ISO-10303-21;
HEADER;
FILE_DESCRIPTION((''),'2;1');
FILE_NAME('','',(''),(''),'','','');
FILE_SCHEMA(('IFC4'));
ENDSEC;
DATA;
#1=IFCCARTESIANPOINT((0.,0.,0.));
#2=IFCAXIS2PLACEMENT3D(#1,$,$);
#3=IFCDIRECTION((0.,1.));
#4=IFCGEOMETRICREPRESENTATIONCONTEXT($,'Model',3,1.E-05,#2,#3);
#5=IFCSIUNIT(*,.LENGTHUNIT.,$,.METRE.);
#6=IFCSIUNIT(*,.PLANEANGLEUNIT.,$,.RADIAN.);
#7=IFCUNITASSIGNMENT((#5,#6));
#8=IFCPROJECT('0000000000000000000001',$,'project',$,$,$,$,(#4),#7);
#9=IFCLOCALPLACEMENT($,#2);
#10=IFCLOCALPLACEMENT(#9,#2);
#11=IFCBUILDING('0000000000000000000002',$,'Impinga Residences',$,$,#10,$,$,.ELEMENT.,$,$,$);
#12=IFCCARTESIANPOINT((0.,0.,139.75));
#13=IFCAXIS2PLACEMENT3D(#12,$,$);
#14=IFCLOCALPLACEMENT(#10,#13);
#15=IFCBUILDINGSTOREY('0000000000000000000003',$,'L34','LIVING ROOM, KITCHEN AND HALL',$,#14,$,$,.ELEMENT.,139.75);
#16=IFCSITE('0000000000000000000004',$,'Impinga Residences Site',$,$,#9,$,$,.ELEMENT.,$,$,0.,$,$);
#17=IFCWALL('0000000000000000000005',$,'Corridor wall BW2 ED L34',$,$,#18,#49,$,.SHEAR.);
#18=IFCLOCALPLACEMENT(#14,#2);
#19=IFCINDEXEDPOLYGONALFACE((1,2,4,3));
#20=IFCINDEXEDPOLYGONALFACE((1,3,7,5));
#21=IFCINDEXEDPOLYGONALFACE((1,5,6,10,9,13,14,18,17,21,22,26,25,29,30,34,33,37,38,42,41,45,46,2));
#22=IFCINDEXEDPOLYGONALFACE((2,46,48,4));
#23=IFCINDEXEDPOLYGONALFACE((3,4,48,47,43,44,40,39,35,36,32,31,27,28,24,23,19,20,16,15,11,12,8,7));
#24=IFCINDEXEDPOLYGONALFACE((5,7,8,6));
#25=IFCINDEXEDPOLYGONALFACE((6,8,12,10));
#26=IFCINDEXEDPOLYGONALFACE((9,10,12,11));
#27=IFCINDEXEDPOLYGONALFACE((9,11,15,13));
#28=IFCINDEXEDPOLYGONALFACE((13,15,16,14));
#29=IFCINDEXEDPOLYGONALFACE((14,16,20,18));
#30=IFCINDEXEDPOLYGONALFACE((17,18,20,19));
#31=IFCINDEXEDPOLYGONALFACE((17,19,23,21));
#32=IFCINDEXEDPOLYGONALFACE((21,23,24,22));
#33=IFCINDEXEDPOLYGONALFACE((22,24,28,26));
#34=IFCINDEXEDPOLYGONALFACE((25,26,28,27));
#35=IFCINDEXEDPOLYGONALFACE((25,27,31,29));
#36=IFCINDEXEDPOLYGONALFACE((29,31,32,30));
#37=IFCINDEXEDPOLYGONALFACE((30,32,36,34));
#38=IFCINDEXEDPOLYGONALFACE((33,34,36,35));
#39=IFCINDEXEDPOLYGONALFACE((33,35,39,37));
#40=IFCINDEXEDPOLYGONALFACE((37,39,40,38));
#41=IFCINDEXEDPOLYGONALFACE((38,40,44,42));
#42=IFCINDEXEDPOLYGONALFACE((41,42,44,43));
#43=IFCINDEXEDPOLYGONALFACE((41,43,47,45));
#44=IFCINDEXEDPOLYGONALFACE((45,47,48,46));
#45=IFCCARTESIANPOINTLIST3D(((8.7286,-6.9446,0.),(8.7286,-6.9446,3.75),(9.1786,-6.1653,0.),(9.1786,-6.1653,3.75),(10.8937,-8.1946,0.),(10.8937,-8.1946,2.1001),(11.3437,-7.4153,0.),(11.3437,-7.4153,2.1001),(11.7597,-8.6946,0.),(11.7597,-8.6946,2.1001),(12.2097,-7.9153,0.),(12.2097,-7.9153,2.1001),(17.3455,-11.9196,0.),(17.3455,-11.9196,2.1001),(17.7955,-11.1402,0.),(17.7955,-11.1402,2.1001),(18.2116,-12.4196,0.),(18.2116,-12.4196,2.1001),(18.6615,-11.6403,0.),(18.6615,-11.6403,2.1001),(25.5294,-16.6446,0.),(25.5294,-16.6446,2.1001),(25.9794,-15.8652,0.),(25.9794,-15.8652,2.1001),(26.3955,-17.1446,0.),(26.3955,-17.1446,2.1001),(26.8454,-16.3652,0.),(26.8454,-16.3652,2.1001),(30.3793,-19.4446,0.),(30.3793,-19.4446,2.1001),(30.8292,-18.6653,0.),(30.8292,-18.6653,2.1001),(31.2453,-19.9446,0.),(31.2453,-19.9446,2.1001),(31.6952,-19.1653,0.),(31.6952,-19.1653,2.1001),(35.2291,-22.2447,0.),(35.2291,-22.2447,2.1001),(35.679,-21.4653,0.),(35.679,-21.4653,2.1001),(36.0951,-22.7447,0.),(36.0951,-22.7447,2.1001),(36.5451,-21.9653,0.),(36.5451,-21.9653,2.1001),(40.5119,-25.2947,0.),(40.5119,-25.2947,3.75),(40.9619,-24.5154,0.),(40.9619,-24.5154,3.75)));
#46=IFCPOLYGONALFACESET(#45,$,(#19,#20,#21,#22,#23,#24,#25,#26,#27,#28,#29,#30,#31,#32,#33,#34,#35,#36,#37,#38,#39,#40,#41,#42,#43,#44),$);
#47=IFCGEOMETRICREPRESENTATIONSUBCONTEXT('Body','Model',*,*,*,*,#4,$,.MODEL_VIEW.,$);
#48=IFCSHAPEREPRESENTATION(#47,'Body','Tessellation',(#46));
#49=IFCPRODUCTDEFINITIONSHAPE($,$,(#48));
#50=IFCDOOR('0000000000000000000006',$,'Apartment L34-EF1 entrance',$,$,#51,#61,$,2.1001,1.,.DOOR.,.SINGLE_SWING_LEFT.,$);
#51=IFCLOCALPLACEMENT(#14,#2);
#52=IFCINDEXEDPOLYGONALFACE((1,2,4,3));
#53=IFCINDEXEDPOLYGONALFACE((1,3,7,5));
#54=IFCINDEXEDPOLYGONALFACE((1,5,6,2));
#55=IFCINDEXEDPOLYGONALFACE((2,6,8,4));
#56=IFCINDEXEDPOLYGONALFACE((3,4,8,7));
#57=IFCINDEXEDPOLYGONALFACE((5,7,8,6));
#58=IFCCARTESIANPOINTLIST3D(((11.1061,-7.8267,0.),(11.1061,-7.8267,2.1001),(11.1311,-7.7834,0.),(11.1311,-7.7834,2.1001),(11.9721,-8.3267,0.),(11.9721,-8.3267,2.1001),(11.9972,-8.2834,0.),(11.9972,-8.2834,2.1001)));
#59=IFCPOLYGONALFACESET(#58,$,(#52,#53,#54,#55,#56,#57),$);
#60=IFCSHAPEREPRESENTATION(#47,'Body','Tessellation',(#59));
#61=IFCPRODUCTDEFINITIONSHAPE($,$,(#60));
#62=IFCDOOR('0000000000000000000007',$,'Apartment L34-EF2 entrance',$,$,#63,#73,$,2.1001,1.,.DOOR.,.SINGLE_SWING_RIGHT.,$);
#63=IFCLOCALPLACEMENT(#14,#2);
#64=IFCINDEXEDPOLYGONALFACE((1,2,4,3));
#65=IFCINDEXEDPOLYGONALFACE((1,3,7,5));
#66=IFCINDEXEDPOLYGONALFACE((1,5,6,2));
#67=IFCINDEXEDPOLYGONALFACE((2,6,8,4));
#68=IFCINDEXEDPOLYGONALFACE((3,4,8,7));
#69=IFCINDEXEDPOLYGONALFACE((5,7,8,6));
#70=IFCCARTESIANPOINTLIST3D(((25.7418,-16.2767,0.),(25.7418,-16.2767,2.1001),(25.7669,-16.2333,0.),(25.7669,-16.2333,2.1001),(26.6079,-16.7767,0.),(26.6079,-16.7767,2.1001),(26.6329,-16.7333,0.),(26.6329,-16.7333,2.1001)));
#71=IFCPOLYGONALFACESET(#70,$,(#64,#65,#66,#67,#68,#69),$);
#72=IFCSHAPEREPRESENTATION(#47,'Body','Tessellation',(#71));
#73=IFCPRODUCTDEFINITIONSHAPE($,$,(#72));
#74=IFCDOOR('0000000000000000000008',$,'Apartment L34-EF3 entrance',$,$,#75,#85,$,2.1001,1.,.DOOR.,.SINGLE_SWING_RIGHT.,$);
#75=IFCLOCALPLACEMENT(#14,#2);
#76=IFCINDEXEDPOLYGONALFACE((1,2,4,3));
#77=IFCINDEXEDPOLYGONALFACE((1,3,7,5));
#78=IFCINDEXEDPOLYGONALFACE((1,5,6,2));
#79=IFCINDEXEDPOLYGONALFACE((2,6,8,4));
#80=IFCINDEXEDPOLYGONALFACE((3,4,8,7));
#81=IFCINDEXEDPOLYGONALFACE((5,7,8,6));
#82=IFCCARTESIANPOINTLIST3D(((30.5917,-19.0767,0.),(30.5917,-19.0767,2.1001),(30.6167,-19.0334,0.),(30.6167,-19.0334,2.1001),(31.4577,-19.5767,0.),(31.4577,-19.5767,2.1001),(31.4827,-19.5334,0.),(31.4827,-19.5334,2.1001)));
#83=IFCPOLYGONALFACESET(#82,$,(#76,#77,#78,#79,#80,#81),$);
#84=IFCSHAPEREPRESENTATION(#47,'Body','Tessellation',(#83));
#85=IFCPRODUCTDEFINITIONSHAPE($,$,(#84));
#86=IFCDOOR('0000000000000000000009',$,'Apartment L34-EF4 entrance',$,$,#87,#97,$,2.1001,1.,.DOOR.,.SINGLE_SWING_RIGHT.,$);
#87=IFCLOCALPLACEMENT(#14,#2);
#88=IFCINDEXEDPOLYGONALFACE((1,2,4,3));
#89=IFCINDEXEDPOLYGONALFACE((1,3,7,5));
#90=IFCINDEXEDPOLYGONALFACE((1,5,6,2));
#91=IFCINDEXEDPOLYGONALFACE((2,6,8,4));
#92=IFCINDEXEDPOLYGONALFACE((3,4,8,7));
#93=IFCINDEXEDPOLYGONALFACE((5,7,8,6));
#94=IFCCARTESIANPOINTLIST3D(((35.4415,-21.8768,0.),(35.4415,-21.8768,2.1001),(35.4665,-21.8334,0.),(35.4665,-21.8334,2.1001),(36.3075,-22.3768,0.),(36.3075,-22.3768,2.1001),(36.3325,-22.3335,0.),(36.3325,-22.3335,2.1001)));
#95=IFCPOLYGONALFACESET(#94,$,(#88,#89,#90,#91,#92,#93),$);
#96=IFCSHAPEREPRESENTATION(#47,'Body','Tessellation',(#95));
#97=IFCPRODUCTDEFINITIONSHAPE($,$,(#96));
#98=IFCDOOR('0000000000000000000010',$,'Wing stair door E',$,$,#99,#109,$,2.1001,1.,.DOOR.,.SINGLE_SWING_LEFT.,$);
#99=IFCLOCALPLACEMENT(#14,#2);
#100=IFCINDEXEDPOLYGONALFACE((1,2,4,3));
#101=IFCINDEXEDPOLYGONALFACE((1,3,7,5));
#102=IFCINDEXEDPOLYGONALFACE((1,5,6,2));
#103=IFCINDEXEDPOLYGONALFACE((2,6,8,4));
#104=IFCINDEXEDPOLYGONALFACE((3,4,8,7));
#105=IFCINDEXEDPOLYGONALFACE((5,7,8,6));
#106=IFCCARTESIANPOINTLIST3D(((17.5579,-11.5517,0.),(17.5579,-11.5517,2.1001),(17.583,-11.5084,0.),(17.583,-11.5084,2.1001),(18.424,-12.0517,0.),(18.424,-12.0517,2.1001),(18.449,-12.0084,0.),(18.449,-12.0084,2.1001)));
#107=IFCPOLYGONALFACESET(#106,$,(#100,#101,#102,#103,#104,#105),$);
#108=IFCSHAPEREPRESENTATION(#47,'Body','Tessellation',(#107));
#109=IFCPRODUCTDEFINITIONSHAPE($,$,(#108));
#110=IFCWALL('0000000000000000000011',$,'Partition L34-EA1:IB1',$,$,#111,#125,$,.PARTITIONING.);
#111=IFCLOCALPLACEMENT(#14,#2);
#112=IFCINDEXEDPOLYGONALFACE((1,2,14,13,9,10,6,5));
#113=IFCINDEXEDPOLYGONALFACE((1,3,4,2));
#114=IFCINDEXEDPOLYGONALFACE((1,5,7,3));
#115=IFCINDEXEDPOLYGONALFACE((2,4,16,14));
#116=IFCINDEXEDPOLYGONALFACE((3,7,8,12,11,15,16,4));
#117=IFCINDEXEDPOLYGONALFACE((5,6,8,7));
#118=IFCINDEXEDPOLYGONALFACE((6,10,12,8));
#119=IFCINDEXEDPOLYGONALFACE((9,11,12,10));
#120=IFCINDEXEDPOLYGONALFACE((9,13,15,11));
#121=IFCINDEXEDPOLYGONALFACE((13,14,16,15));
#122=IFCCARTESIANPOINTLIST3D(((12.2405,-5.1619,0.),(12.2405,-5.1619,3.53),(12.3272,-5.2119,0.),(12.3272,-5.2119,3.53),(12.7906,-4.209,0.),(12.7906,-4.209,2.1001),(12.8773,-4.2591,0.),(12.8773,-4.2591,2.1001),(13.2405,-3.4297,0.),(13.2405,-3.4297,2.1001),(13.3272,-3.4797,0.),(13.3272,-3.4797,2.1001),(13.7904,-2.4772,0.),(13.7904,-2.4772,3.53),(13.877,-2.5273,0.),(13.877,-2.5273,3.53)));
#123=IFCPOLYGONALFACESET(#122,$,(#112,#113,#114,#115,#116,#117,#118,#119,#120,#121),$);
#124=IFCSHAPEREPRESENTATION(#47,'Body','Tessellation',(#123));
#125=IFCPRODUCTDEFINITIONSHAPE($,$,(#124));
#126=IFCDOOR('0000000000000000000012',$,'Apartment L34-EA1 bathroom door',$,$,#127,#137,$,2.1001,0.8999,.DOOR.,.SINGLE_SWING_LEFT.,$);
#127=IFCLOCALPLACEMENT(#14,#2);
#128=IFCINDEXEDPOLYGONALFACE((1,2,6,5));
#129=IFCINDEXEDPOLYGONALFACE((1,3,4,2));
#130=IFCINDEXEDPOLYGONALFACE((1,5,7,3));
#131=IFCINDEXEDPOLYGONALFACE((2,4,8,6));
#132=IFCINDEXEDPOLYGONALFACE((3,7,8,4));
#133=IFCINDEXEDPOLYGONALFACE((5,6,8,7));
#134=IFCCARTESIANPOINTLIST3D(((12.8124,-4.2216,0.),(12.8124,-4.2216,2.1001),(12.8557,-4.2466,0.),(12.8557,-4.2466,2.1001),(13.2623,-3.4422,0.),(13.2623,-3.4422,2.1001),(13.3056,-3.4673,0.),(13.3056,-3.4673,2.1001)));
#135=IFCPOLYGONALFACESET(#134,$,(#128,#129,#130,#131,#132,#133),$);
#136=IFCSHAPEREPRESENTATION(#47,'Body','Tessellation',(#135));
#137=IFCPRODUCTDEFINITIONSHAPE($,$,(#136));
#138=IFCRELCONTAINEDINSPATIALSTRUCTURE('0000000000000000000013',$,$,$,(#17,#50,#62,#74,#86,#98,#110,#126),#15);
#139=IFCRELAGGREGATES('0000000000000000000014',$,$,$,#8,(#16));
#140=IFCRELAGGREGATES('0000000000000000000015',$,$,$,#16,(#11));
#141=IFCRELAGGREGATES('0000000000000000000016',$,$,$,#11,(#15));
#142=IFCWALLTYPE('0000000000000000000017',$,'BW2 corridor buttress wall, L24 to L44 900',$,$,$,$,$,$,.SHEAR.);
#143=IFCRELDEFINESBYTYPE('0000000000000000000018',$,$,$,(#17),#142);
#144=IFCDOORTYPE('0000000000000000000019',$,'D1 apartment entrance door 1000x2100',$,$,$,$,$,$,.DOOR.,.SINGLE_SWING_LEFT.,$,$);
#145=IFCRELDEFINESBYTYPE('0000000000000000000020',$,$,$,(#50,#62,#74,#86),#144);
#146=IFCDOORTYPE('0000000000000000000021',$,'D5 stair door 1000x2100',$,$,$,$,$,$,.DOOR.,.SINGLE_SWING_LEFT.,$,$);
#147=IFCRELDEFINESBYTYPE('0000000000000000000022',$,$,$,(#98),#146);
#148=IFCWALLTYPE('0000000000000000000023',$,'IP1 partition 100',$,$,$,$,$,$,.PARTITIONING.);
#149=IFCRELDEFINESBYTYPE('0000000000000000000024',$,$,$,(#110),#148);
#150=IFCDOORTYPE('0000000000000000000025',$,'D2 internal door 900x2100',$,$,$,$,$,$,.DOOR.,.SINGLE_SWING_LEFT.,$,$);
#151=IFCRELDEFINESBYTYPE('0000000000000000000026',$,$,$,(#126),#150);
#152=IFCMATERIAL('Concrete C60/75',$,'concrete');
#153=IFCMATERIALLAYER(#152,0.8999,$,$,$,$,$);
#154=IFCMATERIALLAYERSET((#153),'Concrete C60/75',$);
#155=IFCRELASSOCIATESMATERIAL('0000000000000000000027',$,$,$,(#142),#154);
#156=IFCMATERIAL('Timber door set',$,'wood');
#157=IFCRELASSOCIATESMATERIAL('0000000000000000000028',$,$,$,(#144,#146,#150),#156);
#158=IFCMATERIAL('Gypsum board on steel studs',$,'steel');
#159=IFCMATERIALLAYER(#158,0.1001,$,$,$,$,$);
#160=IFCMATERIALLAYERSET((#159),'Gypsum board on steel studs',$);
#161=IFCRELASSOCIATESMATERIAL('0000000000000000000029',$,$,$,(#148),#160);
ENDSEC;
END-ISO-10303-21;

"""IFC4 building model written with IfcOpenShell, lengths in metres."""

from ifc_helpers import new_model, si_unit, direction, frame, frame_2d, origin, place, context, subcontext, project, spatial, rectangle, extrude, material, layer, layer_set, type_object, element, fill, save


model = new_model("IFC4")

# Units and contexts
model_context = context("Model", 3, precision=1e-05, world=origin(), true_north=direction((0.0, 1.0)))
body_context = subcontext(model_context, "Body", "Model", "MODEL_VIEW")
ifc_project = project(units=[si_unit("LENGTHUNIT", "METRE"), si_unit("PLANEANGLEUNIT", "RADIAN")], contexts=[model_context])

# Site, building, storey
site_placement = place(None, origin())
site = spatial("IfcSite", under=ifc_project, at=site_placement, Name="Impinga Residences Site", CompositionType="ELEMENT", RefElevation=0.0)
building_placement = place(site_placement, origin())
building = spatial("IfcBuilding", under=site, at=building_placement, Name="Impinga Residences", CompositionType="ELEMENT")
storey_placement = place(building_placement, frame((0.0, 0.0, 139.75)))
storey = spatial("IfcBuildingStorey", under=building, at=storey_placement, Name="L34", Description="LIVING ROOM, KITCHEN AND HALL", CompositionType="ELEMENT", Elevation=139.75)

# Wall, openings, doors
ifc_material_1 = material(Name="Concrete C60/75", Category="concrete")
ifc_layer_1 = layer(ifc_material_1, 0.8999)
ifc_layer_set_1 = layer_set([ifc_layer_1], Name="Concrete C60/75")
wall_type_1 = type_object("IfcWallType", Name="BW2 corridor buttress wall, L24 to L44 900", PredefinedType="SHEAR", material=ifc_layer_set_1)
ifc_material_2 = material(Name="Timber door set", Category="wood")
door_type_1 = type_object("IfcDoorType", Name="D1 apartment entrance door 1000x2100", OperationType="SINGLE_SWING_LEFT", PredefinedType="DOOR", material=ifc_material_2)
wall_1_placement = place(storey_placement, frame((8.9536, -6.5549, 0.0), z_axis=(0.0, 0.0, 1.0), x_axis=(0.866025, -0.500001, 0.0)))
wall_1 = element("IfcWall", 1, at=wall_1_placement, inside=storey, type_object=wall_type_1, Name="Corridor wall BW2 ED L34", PredefinedType="SHEAR", context=body_context, shape_type="SweptSolid", body=[
    extrude(rectangle(XDim=36.7002, YDim=0.8999, at=frame_2d((18.3501, 0.0))), origin(), (0.0, 0.0, 1.0), 3.75),
])
opening_1_placement = place(wall_1_placement, frame((9.95, 0.0, 0.0)))
opening_1 = element("IfcOpeningElement", 2, at=opening_1_placement, cuts=wall_1, PredefinedType="OPENING", context=body_context, shape_type="SweptSolid", body=[
    extrude(rectangle(XDim=1.0, YDim=2.1001, at=frame_2d((0.5, 1.05))), frame((0.0, 0.46, 0.0), z_axis=(0.0, -1.0, 0.0), x_axis=(1.0, 0.0, 0.0)), (0.0, 0.0, 1.0), 0.9199),
])
opening_2_placement = place(wall_1_placement, frame((2.5, 0.0, 0.0)))
opening_2 = element("IfcOpeningElement", 3, at=opening_2_placement, cuts=wall_1, PredefinedType="OPENING", context=body_context, shape_type="SweptSolid", body=[
    extrude(rectangle(XDim=1.0, YDim=2.1001, at=frame_2d((0.5, 1.05))), frame((0.0, 0.46, 0.0), z_axis=(0.0, -1.0, 0.0), x_axis=(1.0, 0.0, 0.0)), (0.0, 0.0, 1.0), 0.9199),
])
opening_3_placement = place(wall_1_placement, frame((19.3999, 0.0, 0.0)))
opening_3 = element("IfcOpeningElement", 4, at=opening_3_placement, cuts=wall_1, PredefinedType="OPENING", context=body_context, shape_type="SweptSolid", body=[
    extrude(rectangle(XDim=1.0, YDim=2.1001, at=frame_2d((0.5, 1.05))), frame((0.0, 0.46, 0.0), z_axis=(0.0, -1.0, 0.0), x_axis=(1.0, 0.0, 0.0)), (0.0, 0.0, 1.0), 0.9199),
])
opening_4_placement = place(wall_1_placement, frame((25.0, 0.0, 0.0)))
opening_4 = element("IfcOpeningElement", 5, at=opening_4_placement, cuts=wall_1, PredefinedType="OPENING", context=body_context, shape_type="SweptSolid", body=[
    extrude(rectangle(XDim=1.0, YDim=2.1001, at=frame_2d((0.5, 1.05))), frame((0.0, 0.46, 0.0), z_axis=(0.0, -1.0, 0.0), x_axis=(1.0, 0.0, 0.0)), (0.0, 0.0, 1.0), 0.9199),
])
opening_5_placement = place(wall_1_placement, frame((30.6001, 0.0, 0.0)))
opening_5 = element("IfcOpeningElement", 6, at=opening_5_placement, cuts=wall_1, PredefinedType="OPENING", context=body_context, shape_type="SweptSolid", body=[
    extrude(rectangle(XDim=1.0, YDim=2.1001, at=frame_2d((0.5, 1.05))), frame((0.0, 0.46, 0.0), z_axis=(0.0, -1.0, 0.0), x_axis=(1.0, 0.0, 0.0)), (0.0, 0.0, 1.0), 0.9199),
])
door_1_placement = place(opening_2_placement, origin())
door_1 = element("IfcDoor", 7, at=door_1_placement, inside=storey, type_object=door_type_1, Name="Apartment L34-EF1 entrance", OperationType="SINGLE_SWING_LEFT", OverallHeight=2.1001, OverallWidth=1.0, PredefinedType="DOOR", context=body_context, shape_type="SweptSolid", body=[
    extrude(rectangle(XDim=1.0, YDim=2.1001, at=frame_2d((0.5, 1.05))), frame((0.0, 0.0249, 0.0), z_axis=(0.0, -1.0, 0.0), x_axis=(1.0, 0.0, 0.0)), (0.0, 0.0, 1.0), 0.05),
])
fill(opening_2, door_1)
door_2_placement = place(opening_3_placement, origin())
door_2 = element("IfcDoor", 8, at=door_2_placement, inside=storey, type_object=door_type_1, Name="Apartment L34-EF2 entrance", OperationType="SINGLE_SWING_RIGHT", OverallHeight=2.1001, OverallWidth=1.0, PredefinedType="DOOR", context=body_context, shape_type="SweptSolid", body=[
    extrude(rectangle(XDim=1.0, YDim=2.1001, at=frame_2d((0.5, 1.05))), frame((0.0, 0.0249, 0.0), z_axis=(0.0, -1.0, 0.0), x_axis=(1.0, 0.0, 0.0)), (0.0, 0.0, 1.0), 0.05),
])
fill(opening_3, door_2)
door_3_placement = place(opening_4_placement, origin())
door_3 = element("IfcDoor", 9, at=door_3_placement, inside=storey, type_object=door_type_1, Name="Apartment L34-EF3 entrance", OperationType="SINGLE_SWING_RIGHT", OverallHeight=2.1001, OverallWidth=1.0, PredefinedType="DOOR", context=body_context, shape_type="SweptSolid", body=[
    extrude(rectangle(XDim=1.0, YDim=2.1001, at=frame_2d((0.5, 1.05))), frame((0.0, 0.0249, 0.0), z_axis=(0.0, -1.0, 0.0), x_axis=(1.0, 0.0, 0.0)), (0.0, 0.0, 1.0), 0.05),
])
fill(opening_4, door_3)
door_4_placement = place(opening_5_placement, origin())
door_4 = element("IfcDoor", 10, at=door_4_placement, inside=storey, type_object=door_type_1, Name="Apartment L34-EF4 entrance", OperationType="SINGLE_SWING_RIGHT", OverallHeight=2.1001, OverallWidth=1.0, PredefinedType="DOOR", context=body_context, shape_type="SweptSolid", body=[
    extrude(rectangle(XDim=1.0, YDim=2.1001, at=frame_2d((0.5, 1.05))), frame((0.0, 0.0249, 0.0), z_axis=(0.0, -1.0, 0.0), x_axis=(1.0, 0.0, 0.0)), (0.0, 0.0, 1.0), 0.05),
])
fill(opening_5, door_4)
door_type_2 = type_object("IfcDoorType", Name="D5 stair door 1000x2100", OperationType="SINGLE_SWING_LEFT", PredefinedType="DOOR", material=ifc_material_2)
door_5_placement = place(opening_1_placement, origin())
door_5 = element("IfcDoor", 11, at=door_5_placement, inside=storey, type_object=door_type_2, Name="Wing stair door E", OperationType="SINGLE_SWING_LEFT", OverallHeight=2.1001, OverallWidth=1.0, PredefinedType="DOOR", context=body_context, shape_type="SweptSolid", body=[
    extrude(rectangle(XDim=1.0, YDim=2.1001, at=frame_2d((0.5, 1.05))), frame((0.0, 0.0249, 0.0), z_axis=(0.0, -1.0, 0.0), x_axis=(1.0, 0.0, 0.0)), (0.0, 0.0, 1.0), 0.05),
])
fill(opening_1, door_5)

# Wall, opening, door
ifc_material_3 = material(Name="Gypsum board on steel studs", Category="steel")
ifc_layer_2 = layer(ifc_material_3, 0.1001)
ifc_layer_set_2 = layer_set([ifc_layer_2], Name="Gypsum board on steel studs")
wall_type_2 = type_object("IfcWallType", Name="IP1 partition 100", PredefinedType="PARTITIONING", material=ifc_layer_set_2)
wall_2_placement = place(storey_placement, frame((12.2839, -5.1868, 0.0), z_axis=(0.0, 0.0, 1.0), x_axis=(0.499968, 0.866044, 0.0)))
wall_2 = element("IfcWall", 12, at=wall_2_placement, inside=storey, type_object=wall_type_2, Name="Partition L34-EA1:IB1", PredefinedType="PARTITIONING", context=body_context, shape_type="SweptSolid", body=[
    extrude(rectangle(XDim=3.0999, YDim=0.1001, at=frame_2d((1.5498, 0.0))), origin(), (0.0, 0.0, 1.0), 3.53),
])
opening_6_placement = place(wall_2_placement, frame((1.1001, 0.0, 0.0)))
opening_6 = element("IfcOpeningElement", 13, at=opening_6_placement, cuts=wall_2, PredefinedType="OPENING", context=body_context, shape_type="SweptSolid", body=[
    extrude(rectangle(XDim=0.8999, YDim=2.1001, at=frame_2d((0.45, 1.05))), frame((0.0, 0.0601, 0.0), z_axis=(0.0, -1.0, 0.0), x_axis=(1.0, 0.0, 0.0)), (0.0, 0.0, 1.0), 0.1201),
])
door_type_3 = type_object("IfcDoorType", Name="D2 internal door 900x2100", OperationType="SINGLE_SWING_LEFT", PredefinedType="DOOR", material=ifc_material_2)
door_6_placement = place(opening_6_placement, origin())
door_6 = element("IfcDoor", 14, at=door_6_placement, inside=storey, type_object=door_type_3, Name="Apartment L34-EA1 bathroom door", OperationType="SINGLE_SWING_LEFT", OverallHeight=2.1001, OverallWidth=0.8999, PredefinedType="DOOR", context=body_context, shape_type="SweptSolid", body=[
    extrude(rectangle(XDim=0.8999, YDim=2.1001, at=frame_2d((0.45, 1.05))), frame((0.0, 0.0249, 0.0), z_axis=(0.0, -1.0, 0.0), x_axis=(1.0, 0.0, 0.0)), (0.0, 0.0, 1.0), 0.05),
])
fill(opening_6, door_6)

save(model, "model.ifc")
